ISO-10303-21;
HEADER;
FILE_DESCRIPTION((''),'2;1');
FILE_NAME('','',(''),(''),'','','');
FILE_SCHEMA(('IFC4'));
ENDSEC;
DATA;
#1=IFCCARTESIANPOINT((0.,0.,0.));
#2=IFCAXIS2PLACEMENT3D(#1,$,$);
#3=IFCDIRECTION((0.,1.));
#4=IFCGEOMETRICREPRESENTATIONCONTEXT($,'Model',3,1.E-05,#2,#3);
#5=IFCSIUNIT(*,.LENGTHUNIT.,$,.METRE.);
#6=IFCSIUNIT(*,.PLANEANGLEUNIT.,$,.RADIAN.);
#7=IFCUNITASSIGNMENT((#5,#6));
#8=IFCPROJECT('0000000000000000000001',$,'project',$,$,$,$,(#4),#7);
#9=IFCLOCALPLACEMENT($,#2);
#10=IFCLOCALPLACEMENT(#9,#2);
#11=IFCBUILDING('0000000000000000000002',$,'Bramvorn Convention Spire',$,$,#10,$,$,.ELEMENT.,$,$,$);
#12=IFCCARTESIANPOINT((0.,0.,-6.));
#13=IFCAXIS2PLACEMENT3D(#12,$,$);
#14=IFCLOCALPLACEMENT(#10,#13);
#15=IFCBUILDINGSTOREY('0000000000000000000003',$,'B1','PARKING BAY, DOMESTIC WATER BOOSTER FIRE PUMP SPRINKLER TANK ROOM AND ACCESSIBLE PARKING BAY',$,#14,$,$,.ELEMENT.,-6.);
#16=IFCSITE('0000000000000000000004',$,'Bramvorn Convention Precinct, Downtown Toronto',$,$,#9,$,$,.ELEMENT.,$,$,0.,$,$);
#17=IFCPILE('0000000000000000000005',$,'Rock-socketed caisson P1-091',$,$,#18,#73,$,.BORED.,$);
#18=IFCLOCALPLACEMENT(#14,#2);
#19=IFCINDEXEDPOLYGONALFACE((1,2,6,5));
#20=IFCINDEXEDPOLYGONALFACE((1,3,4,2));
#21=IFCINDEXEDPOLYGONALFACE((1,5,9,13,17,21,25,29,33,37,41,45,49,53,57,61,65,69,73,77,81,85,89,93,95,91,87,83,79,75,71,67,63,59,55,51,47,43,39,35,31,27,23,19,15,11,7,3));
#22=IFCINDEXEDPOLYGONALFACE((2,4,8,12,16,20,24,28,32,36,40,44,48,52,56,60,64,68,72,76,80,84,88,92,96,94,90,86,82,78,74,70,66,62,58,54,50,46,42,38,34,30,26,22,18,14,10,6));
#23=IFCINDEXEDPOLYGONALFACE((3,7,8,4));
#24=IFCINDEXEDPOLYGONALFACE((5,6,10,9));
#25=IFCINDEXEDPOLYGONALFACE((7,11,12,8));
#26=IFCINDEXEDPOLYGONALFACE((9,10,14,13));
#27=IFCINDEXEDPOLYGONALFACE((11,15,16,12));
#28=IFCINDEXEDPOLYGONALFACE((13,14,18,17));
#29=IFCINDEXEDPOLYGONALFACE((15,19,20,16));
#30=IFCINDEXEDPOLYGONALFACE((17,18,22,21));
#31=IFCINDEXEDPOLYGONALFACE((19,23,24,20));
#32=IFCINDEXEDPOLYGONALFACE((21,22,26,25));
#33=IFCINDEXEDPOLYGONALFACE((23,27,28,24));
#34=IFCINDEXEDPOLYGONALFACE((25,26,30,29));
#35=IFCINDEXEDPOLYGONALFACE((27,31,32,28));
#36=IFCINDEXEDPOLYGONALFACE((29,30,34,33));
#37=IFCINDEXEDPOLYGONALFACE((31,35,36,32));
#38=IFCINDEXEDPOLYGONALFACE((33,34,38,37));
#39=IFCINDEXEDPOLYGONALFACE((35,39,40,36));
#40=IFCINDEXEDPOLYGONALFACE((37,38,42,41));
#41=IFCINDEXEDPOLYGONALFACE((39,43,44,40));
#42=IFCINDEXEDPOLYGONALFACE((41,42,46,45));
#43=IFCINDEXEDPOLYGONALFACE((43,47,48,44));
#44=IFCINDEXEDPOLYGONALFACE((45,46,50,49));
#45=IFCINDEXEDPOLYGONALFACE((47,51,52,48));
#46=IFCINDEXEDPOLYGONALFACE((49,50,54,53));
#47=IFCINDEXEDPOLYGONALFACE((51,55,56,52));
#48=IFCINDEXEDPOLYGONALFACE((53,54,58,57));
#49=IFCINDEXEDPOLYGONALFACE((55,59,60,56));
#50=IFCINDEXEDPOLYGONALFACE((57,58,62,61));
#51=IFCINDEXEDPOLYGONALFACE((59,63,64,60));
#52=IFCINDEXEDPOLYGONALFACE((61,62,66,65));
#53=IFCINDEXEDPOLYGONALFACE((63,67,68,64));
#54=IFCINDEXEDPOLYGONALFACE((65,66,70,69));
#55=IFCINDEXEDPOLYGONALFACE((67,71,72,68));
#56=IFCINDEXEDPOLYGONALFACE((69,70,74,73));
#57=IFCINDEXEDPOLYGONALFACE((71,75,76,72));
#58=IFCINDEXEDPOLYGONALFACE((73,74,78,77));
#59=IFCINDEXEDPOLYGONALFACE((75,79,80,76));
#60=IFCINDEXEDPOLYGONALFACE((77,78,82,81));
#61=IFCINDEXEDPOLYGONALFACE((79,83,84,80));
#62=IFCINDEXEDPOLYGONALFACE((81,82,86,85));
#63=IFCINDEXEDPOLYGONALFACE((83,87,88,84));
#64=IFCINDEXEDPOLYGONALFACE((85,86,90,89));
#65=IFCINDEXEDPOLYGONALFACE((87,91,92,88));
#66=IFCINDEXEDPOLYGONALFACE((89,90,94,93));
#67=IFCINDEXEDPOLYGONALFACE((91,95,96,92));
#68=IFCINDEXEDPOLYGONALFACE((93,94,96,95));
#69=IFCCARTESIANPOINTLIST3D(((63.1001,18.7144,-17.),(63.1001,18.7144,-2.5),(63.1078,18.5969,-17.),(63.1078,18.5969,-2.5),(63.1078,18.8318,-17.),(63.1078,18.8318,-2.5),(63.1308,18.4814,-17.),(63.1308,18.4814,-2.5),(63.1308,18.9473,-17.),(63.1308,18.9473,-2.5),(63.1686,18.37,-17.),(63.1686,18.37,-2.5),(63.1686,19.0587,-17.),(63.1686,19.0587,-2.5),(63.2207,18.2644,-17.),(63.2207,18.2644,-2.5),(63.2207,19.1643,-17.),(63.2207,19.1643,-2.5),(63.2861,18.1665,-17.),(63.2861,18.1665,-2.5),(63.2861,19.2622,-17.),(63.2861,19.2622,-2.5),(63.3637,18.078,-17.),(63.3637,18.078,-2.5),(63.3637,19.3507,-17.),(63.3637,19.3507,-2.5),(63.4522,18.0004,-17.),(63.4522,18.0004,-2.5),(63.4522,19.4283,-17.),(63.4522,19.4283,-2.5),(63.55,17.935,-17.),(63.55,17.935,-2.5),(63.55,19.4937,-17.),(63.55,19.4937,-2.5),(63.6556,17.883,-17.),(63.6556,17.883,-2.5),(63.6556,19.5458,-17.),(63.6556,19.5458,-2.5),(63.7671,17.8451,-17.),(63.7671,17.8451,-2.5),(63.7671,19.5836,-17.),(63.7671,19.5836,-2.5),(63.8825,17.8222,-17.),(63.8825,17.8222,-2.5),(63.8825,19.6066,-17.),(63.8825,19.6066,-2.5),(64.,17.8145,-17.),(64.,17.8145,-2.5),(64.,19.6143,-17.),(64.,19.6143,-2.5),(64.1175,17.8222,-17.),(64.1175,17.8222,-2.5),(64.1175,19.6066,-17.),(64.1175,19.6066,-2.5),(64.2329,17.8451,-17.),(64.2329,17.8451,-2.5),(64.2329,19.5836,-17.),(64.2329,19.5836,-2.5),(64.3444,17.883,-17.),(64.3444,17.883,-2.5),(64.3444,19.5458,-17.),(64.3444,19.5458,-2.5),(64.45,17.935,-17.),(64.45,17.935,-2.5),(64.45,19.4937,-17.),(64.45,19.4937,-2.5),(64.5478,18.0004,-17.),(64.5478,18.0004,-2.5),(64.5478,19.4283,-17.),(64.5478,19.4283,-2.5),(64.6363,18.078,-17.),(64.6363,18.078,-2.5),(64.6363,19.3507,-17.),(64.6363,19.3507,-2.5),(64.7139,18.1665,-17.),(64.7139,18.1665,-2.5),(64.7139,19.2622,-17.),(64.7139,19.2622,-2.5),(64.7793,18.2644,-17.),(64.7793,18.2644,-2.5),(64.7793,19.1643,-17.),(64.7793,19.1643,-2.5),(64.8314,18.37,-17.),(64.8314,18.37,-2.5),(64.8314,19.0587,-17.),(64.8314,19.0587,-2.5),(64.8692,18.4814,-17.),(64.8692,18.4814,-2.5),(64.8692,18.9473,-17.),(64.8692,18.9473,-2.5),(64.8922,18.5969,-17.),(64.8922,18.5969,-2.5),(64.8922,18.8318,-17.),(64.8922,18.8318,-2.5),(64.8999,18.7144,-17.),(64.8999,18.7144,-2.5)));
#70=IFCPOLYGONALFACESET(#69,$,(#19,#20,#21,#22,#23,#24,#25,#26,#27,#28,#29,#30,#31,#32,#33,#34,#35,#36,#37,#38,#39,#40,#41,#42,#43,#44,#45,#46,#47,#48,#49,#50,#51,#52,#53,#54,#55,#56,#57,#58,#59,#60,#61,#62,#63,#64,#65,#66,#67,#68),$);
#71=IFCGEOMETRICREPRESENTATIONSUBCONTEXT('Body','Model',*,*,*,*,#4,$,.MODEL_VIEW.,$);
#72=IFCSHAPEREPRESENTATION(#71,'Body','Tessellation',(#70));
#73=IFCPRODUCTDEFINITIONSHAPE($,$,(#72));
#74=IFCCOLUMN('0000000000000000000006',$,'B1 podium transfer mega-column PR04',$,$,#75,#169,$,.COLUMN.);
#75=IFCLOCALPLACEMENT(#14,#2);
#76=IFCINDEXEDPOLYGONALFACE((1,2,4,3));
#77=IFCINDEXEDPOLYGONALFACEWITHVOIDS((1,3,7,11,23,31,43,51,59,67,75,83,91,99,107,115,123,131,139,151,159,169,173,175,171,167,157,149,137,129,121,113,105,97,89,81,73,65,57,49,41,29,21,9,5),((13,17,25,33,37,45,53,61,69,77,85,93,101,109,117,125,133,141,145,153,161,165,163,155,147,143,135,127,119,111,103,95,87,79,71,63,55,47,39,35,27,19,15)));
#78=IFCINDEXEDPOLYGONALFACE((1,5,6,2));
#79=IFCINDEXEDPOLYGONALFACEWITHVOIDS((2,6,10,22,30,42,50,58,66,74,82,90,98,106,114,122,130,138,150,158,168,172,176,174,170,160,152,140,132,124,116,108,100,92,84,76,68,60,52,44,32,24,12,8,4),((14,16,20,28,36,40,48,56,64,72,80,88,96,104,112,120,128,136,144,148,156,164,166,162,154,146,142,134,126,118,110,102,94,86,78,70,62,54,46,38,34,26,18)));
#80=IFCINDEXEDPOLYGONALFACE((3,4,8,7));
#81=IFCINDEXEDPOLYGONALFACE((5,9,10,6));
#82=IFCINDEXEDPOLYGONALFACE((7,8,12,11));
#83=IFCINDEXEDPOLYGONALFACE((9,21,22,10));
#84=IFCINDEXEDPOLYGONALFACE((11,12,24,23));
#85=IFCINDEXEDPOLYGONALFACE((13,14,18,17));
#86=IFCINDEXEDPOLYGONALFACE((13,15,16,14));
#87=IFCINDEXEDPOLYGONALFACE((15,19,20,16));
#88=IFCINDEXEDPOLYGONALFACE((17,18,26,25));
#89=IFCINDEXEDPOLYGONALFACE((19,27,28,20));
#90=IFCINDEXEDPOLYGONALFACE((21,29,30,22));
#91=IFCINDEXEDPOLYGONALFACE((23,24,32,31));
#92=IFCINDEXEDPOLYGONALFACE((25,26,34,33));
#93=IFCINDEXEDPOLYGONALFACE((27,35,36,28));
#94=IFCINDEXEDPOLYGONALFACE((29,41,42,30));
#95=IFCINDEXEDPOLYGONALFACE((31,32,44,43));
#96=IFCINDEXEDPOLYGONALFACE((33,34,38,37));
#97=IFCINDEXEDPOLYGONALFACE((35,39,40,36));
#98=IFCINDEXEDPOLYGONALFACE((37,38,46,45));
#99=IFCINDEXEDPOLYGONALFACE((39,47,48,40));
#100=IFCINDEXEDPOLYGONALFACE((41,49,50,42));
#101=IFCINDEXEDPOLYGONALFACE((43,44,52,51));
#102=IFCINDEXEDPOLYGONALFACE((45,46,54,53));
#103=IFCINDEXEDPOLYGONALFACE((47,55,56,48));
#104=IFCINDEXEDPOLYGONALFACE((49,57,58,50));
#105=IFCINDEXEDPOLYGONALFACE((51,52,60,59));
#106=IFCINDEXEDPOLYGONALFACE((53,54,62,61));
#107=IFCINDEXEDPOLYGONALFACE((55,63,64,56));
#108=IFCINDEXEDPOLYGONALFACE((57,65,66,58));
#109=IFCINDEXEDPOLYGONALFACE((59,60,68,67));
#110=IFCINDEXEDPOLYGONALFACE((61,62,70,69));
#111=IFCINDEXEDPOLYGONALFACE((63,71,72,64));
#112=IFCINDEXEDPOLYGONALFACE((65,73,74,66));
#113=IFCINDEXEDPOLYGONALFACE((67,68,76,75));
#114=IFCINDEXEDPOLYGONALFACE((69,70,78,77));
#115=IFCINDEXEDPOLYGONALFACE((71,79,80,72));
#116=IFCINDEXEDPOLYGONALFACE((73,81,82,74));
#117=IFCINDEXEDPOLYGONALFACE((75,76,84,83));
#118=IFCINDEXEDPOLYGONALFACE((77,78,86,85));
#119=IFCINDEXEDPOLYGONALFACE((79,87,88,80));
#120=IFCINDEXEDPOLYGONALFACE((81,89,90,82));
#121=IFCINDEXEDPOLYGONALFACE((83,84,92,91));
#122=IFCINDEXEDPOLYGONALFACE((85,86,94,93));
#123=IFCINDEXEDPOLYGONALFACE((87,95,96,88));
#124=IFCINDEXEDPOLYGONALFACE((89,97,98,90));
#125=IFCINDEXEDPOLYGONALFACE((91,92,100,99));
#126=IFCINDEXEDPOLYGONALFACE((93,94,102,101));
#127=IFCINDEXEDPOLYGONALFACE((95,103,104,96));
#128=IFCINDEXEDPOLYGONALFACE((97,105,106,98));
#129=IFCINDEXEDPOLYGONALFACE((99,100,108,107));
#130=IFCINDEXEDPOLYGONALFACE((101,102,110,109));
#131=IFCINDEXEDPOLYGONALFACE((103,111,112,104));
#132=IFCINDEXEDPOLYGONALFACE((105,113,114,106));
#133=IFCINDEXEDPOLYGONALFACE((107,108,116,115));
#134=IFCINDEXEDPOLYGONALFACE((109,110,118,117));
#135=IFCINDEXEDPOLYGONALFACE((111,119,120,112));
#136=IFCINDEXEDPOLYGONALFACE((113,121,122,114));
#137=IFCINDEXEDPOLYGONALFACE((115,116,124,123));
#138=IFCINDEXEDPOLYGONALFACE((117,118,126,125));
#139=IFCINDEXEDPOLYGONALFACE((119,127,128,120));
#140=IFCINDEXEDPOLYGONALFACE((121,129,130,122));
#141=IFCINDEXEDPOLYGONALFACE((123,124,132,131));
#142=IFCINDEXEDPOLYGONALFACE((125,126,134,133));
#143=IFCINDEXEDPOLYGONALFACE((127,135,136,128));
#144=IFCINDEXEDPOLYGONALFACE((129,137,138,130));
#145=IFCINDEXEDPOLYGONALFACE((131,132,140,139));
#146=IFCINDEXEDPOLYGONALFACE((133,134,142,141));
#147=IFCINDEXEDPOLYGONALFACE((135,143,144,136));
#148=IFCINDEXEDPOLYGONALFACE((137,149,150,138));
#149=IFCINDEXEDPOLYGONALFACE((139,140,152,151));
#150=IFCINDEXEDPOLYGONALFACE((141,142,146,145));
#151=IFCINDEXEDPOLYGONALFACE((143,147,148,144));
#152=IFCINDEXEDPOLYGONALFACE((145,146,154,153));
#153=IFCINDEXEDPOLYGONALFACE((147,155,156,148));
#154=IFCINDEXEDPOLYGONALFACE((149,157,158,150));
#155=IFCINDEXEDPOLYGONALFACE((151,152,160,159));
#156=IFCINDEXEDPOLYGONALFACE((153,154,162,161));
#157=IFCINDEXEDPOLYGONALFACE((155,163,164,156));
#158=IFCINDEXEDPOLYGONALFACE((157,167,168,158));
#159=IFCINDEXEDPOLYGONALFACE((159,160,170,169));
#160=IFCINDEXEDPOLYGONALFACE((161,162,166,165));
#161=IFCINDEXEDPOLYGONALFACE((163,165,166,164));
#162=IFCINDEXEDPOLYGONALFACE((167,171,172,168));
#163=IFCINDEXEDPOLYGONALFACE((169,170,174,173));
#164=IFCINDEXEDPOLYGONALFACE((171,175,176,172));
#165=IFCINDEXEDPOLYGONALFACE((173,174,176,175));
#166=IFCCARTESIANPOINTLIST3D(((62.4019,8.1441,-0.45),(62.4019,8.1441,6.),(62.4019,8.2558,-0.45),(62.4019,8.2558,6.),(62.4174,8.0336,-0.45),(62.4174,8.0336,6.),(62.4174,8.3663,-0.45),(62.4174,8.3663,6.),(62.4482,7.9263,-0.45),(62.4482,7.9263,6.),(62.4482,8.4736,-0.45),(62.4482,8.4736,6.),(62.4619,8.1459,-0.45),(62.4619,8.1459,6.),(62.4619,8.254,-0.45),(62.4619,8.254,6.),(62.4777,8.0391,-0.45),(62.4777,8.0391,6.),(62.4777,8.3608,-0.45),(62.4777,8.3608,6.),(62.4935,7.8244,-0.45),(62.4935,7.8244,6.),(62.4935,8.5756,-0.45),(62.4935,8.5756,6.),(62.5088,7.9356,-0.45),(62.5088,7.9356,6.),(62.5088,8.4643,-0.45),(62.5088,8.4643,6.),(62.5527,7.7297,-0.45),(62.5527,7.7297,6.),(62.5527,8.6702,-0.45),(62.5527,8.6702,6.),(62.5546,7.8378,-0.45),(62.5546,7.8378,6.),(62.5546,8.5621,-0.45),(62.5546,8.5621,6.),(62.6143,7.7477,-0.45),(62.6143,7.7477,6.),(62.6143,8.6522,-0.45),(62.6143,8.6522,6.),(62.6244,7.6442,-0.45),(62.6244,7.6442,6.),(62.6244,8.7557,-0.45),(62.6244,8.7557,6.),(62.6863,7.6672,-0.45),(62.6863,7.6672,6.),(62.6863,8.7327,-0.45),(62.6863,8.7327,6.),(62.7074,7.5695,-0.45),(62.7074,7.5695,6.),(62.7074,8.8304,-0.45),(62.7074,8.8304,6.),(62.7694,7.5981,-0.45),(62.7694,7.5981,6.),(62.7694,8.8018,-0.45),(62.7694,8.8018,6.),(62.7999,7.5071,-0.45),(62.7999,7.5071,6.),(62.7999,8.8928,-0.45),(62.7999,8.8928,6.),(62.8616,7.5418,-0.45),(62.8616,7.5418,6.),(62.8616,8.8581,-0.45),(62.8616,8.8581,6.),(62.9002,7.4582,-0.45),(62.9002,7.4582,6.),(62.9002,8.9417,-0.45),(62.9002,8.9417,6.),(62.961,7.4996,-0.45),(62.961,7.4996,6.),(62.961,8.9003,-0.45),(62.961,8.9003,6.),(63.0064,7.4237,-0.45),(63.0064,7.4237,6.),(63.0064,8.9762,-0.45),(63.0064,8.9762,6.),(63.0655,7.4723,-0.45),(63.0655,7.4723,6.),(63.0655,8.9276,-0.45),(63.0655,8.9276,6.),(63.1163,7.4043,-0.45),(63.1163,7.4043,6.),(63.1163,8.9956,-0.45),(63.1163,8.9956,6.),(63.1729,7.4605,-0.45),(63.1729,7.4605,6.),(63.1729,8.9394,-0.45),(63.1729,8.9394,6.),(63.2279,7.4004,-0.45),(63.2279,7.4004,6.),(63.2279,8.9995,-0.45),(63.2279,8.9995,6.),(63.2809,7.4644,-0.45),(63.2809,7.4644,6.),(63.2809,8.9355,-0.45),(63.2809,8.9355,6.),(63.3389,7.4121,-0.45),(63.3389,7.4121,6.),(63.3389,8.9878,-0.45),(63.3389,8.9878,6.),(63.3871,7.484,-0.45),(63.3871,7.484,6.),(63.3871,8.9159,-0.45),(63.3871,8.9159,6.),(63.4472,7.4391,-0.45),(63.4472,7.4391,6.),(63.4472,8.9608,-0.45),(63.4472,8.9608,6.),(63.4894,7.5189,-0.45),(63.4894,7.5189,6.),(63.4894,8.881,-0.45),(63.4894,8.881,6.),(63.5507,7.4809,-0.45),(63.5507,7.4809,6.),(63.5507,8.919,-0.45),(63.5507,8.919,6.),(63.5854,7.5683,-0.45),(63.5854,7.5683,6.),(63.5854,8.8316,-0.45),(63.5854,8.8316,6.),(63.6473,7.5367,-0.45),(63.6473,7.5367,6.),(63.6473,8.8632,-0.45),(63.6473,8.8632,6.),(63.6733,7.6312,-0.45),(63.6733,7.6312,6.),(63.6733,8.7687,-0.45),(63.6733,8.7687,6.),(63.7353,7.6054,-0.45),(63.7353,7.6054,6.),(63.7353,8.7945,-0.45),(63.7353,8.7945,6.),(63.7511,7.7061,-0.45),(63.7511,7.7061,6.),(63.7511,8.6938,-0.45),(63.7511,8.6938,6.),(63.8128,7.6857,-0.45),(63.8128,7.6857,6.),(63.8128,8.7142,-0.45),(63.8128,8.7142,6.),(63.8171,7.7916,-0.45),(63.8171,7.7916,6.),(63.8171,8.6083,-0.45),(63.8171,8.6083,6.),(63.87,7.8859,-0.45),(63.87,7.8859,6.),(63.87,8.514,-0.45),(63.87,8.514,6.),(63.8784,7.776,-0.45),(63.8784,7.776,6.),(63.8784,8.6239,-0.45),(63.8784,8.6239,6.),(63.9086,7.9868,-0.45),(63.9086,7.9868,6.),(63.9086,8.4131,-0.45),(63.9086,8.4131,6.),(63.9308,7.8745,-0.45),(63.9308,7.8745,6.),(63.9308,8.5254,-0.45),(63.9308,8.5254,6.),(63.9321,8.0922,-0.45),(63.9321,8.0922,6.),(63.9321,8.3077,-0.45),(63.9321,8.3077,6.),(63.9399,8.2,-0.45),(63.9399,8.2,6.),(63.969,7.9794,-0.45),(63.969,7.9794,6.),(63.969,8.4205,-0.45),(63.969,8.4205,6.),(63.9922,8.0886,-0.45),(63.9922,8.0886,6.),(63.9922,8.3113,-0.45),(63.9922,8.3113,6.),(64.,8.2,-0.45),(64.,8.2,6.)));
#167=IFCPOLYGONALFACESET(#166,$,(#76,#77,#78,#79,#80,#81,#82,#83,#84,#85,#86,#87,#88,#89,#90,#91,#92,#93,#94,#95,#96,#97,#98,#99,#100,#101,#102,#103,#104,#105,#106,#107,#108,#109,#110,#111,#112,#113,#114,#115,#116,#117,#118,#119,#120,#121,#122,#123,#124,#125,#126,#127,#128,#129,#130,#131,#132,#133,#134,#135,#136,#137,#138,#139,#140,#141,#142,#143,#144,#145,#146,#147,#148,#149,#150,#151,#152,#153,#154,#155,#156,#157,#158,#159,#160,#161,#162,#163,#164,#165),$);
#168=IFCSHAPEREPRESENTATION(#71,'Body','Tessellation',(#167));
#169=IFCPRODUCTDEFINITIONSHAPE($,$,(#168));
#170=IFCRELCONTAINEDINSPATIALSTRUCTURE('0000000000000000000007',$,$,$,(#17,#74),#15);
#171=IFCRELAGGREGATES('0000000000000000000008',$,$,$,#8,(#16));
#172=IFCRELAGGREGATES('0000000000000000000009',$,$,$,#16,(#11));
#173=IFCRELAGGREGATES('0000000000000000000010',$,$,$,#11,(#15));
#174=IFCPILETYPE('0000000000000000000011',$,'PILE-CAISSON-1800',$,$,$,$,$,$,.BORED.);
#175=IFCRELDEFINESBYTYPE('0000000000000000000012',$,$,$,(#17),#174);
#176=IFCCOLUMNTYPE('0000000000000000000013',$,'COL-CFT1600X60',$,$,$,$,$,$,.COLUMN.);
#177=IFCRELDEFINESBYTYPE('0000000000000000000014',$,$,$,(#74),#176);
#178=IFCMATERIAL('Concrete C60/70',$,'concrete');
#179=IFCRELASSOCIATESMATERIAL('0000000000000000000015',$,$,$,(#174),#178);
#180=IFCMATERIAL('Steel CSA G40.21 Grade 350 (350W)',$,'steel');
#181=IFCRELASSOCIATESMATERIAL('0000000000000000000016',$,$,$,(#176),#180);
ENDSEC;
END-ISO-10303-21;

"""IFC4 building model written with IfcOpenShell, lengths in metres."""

from ifc_helpers import new_model, si_unit, direction, frame, origin, origin_2d, place, context, subcontext, project, spatial, circle, hollow_circle, extrude, material, material_profile, profile_set, type_object, element, save


model = new_model("IFC4")

# Units and contexts
model_context = context("Model", 3, precision=1e-05, world=origin(), true_north=direction((0.0, 1.0)))
body_context = subcontext(model_context, "Body", "Model", "MODEL_VIEW")
ifc_project = project(units=[si_unit("LENGTHUNIT", "METRE"), si_unit("PLANEANGLEUNIT", "RADIAN")], contexts=[model_context])

# Site, building, storey
site_placement = place(None, origin())
site = spatial("IfcSite", under=ifc_project, at=site_placement, Name="Bramvorn Convention Precinct, Downtown Toronto", CompositionType="ELEMENT", RefElevation=0.0)
building_placement = place(site_placement, origin())
building = spatial("IfcBuilding", under=site, at=building_placement, Name="Bramvorn Convention Spire", CompositionType="ELEMENT")
storey_placement = place(building_placement, frame((0.0, 0.0, -6.0)))
storey = spatial("IfcBuildingStorey", under=building, at=storey_placement, Name="B1", Description="PARKING BAY, DOMESTIC WATER BOOSTER FIRE PUMP SPRINKLER TANK ROOM AND ACCESSIBLE PARKING BAY", CompositionType="ELEMENT", Elevation=-6.0)

# Shared definitions
ifc_material_1 = material(Name="Concrete C60/70", Category="concrete")

# Pile
ifc_material_profile_1 = material_profile(ifc_material_1, circle(Radius=0.8999, at=origin_2d()))
ifc_profile_set_1 = profile_set([ifc_material_profile_1], Name="Concrete C60/70 - CAISSON1800")
pile_type_1 = type_object("IfcPileType", Name="PILE-CAISSON-1800", PredefinedType="BORED", material=ifc_profile_set_1)
for number, where, z_axis, x_axis, name in (
    (1, (64.0, 18.7144, -2.5), (0.0, 0.0, -1.0), (1.0, 0.0, 0.0), "Rock-socketed caisson P1-091"),
):
    element("IfcPile", number, at=place(storey_placement, frame(where, z_axis=z_axis, x_axis=x_axis)), inside=storey, type_object=pile_type_1, Name=name, PredefinedType="BORED", context=body_context, shape_type="SweptSolid", body=[
        extrude(circle(Radius=0.8999, at=origin_2d()), origin(), (0.0, 0.0, 1.0), 14.5),
    ])

# Column
ifc_material_2 = material(Name="Steel CSA G40.21 Grade 350 (350W)", Category="steel")
ifc_material_profile_2 = material_profile(ifc_material_2, hollow_circle(Radius=0.8, WallThickness=0.0601, at=origin_2d()))
ifc_profile_set_2 = profile_set([ifc_material_profile_2], Name="Steel CSA G40.21 Grade 350 (350W) - CFT1600X60")
column_type_1 = type_object("IfcColumnType", Name="COL-CFT1600X60", PredefinedType="COLUMN", material=ifc_profile_set_2)
for number, where, z_axis, x_axis, name in (
    (2, (63.2, 8.2, -0.45), (0.0, 0.0, 1.0), (1.0, 0.0, 0.0), "B1 podium transfer mega-column PR04"),
):
    element("IfcColumn", number, at=place(storey_placement, frame(where, z_axis=z_axis, x_axis=x_axis)), inside=storey, type_object=column_type_1, Name=name, PredefinedType="COLUMN", context=body_context, shape_type="SweptSolid", body=[
        extrude(hollow_circle(Radius=0.8, WallThickness=0.0601, at=origin_2d()), origin(), (0.0, 0.0, 1.0), 6.45),
    ])

save(model, "model.ifc")
